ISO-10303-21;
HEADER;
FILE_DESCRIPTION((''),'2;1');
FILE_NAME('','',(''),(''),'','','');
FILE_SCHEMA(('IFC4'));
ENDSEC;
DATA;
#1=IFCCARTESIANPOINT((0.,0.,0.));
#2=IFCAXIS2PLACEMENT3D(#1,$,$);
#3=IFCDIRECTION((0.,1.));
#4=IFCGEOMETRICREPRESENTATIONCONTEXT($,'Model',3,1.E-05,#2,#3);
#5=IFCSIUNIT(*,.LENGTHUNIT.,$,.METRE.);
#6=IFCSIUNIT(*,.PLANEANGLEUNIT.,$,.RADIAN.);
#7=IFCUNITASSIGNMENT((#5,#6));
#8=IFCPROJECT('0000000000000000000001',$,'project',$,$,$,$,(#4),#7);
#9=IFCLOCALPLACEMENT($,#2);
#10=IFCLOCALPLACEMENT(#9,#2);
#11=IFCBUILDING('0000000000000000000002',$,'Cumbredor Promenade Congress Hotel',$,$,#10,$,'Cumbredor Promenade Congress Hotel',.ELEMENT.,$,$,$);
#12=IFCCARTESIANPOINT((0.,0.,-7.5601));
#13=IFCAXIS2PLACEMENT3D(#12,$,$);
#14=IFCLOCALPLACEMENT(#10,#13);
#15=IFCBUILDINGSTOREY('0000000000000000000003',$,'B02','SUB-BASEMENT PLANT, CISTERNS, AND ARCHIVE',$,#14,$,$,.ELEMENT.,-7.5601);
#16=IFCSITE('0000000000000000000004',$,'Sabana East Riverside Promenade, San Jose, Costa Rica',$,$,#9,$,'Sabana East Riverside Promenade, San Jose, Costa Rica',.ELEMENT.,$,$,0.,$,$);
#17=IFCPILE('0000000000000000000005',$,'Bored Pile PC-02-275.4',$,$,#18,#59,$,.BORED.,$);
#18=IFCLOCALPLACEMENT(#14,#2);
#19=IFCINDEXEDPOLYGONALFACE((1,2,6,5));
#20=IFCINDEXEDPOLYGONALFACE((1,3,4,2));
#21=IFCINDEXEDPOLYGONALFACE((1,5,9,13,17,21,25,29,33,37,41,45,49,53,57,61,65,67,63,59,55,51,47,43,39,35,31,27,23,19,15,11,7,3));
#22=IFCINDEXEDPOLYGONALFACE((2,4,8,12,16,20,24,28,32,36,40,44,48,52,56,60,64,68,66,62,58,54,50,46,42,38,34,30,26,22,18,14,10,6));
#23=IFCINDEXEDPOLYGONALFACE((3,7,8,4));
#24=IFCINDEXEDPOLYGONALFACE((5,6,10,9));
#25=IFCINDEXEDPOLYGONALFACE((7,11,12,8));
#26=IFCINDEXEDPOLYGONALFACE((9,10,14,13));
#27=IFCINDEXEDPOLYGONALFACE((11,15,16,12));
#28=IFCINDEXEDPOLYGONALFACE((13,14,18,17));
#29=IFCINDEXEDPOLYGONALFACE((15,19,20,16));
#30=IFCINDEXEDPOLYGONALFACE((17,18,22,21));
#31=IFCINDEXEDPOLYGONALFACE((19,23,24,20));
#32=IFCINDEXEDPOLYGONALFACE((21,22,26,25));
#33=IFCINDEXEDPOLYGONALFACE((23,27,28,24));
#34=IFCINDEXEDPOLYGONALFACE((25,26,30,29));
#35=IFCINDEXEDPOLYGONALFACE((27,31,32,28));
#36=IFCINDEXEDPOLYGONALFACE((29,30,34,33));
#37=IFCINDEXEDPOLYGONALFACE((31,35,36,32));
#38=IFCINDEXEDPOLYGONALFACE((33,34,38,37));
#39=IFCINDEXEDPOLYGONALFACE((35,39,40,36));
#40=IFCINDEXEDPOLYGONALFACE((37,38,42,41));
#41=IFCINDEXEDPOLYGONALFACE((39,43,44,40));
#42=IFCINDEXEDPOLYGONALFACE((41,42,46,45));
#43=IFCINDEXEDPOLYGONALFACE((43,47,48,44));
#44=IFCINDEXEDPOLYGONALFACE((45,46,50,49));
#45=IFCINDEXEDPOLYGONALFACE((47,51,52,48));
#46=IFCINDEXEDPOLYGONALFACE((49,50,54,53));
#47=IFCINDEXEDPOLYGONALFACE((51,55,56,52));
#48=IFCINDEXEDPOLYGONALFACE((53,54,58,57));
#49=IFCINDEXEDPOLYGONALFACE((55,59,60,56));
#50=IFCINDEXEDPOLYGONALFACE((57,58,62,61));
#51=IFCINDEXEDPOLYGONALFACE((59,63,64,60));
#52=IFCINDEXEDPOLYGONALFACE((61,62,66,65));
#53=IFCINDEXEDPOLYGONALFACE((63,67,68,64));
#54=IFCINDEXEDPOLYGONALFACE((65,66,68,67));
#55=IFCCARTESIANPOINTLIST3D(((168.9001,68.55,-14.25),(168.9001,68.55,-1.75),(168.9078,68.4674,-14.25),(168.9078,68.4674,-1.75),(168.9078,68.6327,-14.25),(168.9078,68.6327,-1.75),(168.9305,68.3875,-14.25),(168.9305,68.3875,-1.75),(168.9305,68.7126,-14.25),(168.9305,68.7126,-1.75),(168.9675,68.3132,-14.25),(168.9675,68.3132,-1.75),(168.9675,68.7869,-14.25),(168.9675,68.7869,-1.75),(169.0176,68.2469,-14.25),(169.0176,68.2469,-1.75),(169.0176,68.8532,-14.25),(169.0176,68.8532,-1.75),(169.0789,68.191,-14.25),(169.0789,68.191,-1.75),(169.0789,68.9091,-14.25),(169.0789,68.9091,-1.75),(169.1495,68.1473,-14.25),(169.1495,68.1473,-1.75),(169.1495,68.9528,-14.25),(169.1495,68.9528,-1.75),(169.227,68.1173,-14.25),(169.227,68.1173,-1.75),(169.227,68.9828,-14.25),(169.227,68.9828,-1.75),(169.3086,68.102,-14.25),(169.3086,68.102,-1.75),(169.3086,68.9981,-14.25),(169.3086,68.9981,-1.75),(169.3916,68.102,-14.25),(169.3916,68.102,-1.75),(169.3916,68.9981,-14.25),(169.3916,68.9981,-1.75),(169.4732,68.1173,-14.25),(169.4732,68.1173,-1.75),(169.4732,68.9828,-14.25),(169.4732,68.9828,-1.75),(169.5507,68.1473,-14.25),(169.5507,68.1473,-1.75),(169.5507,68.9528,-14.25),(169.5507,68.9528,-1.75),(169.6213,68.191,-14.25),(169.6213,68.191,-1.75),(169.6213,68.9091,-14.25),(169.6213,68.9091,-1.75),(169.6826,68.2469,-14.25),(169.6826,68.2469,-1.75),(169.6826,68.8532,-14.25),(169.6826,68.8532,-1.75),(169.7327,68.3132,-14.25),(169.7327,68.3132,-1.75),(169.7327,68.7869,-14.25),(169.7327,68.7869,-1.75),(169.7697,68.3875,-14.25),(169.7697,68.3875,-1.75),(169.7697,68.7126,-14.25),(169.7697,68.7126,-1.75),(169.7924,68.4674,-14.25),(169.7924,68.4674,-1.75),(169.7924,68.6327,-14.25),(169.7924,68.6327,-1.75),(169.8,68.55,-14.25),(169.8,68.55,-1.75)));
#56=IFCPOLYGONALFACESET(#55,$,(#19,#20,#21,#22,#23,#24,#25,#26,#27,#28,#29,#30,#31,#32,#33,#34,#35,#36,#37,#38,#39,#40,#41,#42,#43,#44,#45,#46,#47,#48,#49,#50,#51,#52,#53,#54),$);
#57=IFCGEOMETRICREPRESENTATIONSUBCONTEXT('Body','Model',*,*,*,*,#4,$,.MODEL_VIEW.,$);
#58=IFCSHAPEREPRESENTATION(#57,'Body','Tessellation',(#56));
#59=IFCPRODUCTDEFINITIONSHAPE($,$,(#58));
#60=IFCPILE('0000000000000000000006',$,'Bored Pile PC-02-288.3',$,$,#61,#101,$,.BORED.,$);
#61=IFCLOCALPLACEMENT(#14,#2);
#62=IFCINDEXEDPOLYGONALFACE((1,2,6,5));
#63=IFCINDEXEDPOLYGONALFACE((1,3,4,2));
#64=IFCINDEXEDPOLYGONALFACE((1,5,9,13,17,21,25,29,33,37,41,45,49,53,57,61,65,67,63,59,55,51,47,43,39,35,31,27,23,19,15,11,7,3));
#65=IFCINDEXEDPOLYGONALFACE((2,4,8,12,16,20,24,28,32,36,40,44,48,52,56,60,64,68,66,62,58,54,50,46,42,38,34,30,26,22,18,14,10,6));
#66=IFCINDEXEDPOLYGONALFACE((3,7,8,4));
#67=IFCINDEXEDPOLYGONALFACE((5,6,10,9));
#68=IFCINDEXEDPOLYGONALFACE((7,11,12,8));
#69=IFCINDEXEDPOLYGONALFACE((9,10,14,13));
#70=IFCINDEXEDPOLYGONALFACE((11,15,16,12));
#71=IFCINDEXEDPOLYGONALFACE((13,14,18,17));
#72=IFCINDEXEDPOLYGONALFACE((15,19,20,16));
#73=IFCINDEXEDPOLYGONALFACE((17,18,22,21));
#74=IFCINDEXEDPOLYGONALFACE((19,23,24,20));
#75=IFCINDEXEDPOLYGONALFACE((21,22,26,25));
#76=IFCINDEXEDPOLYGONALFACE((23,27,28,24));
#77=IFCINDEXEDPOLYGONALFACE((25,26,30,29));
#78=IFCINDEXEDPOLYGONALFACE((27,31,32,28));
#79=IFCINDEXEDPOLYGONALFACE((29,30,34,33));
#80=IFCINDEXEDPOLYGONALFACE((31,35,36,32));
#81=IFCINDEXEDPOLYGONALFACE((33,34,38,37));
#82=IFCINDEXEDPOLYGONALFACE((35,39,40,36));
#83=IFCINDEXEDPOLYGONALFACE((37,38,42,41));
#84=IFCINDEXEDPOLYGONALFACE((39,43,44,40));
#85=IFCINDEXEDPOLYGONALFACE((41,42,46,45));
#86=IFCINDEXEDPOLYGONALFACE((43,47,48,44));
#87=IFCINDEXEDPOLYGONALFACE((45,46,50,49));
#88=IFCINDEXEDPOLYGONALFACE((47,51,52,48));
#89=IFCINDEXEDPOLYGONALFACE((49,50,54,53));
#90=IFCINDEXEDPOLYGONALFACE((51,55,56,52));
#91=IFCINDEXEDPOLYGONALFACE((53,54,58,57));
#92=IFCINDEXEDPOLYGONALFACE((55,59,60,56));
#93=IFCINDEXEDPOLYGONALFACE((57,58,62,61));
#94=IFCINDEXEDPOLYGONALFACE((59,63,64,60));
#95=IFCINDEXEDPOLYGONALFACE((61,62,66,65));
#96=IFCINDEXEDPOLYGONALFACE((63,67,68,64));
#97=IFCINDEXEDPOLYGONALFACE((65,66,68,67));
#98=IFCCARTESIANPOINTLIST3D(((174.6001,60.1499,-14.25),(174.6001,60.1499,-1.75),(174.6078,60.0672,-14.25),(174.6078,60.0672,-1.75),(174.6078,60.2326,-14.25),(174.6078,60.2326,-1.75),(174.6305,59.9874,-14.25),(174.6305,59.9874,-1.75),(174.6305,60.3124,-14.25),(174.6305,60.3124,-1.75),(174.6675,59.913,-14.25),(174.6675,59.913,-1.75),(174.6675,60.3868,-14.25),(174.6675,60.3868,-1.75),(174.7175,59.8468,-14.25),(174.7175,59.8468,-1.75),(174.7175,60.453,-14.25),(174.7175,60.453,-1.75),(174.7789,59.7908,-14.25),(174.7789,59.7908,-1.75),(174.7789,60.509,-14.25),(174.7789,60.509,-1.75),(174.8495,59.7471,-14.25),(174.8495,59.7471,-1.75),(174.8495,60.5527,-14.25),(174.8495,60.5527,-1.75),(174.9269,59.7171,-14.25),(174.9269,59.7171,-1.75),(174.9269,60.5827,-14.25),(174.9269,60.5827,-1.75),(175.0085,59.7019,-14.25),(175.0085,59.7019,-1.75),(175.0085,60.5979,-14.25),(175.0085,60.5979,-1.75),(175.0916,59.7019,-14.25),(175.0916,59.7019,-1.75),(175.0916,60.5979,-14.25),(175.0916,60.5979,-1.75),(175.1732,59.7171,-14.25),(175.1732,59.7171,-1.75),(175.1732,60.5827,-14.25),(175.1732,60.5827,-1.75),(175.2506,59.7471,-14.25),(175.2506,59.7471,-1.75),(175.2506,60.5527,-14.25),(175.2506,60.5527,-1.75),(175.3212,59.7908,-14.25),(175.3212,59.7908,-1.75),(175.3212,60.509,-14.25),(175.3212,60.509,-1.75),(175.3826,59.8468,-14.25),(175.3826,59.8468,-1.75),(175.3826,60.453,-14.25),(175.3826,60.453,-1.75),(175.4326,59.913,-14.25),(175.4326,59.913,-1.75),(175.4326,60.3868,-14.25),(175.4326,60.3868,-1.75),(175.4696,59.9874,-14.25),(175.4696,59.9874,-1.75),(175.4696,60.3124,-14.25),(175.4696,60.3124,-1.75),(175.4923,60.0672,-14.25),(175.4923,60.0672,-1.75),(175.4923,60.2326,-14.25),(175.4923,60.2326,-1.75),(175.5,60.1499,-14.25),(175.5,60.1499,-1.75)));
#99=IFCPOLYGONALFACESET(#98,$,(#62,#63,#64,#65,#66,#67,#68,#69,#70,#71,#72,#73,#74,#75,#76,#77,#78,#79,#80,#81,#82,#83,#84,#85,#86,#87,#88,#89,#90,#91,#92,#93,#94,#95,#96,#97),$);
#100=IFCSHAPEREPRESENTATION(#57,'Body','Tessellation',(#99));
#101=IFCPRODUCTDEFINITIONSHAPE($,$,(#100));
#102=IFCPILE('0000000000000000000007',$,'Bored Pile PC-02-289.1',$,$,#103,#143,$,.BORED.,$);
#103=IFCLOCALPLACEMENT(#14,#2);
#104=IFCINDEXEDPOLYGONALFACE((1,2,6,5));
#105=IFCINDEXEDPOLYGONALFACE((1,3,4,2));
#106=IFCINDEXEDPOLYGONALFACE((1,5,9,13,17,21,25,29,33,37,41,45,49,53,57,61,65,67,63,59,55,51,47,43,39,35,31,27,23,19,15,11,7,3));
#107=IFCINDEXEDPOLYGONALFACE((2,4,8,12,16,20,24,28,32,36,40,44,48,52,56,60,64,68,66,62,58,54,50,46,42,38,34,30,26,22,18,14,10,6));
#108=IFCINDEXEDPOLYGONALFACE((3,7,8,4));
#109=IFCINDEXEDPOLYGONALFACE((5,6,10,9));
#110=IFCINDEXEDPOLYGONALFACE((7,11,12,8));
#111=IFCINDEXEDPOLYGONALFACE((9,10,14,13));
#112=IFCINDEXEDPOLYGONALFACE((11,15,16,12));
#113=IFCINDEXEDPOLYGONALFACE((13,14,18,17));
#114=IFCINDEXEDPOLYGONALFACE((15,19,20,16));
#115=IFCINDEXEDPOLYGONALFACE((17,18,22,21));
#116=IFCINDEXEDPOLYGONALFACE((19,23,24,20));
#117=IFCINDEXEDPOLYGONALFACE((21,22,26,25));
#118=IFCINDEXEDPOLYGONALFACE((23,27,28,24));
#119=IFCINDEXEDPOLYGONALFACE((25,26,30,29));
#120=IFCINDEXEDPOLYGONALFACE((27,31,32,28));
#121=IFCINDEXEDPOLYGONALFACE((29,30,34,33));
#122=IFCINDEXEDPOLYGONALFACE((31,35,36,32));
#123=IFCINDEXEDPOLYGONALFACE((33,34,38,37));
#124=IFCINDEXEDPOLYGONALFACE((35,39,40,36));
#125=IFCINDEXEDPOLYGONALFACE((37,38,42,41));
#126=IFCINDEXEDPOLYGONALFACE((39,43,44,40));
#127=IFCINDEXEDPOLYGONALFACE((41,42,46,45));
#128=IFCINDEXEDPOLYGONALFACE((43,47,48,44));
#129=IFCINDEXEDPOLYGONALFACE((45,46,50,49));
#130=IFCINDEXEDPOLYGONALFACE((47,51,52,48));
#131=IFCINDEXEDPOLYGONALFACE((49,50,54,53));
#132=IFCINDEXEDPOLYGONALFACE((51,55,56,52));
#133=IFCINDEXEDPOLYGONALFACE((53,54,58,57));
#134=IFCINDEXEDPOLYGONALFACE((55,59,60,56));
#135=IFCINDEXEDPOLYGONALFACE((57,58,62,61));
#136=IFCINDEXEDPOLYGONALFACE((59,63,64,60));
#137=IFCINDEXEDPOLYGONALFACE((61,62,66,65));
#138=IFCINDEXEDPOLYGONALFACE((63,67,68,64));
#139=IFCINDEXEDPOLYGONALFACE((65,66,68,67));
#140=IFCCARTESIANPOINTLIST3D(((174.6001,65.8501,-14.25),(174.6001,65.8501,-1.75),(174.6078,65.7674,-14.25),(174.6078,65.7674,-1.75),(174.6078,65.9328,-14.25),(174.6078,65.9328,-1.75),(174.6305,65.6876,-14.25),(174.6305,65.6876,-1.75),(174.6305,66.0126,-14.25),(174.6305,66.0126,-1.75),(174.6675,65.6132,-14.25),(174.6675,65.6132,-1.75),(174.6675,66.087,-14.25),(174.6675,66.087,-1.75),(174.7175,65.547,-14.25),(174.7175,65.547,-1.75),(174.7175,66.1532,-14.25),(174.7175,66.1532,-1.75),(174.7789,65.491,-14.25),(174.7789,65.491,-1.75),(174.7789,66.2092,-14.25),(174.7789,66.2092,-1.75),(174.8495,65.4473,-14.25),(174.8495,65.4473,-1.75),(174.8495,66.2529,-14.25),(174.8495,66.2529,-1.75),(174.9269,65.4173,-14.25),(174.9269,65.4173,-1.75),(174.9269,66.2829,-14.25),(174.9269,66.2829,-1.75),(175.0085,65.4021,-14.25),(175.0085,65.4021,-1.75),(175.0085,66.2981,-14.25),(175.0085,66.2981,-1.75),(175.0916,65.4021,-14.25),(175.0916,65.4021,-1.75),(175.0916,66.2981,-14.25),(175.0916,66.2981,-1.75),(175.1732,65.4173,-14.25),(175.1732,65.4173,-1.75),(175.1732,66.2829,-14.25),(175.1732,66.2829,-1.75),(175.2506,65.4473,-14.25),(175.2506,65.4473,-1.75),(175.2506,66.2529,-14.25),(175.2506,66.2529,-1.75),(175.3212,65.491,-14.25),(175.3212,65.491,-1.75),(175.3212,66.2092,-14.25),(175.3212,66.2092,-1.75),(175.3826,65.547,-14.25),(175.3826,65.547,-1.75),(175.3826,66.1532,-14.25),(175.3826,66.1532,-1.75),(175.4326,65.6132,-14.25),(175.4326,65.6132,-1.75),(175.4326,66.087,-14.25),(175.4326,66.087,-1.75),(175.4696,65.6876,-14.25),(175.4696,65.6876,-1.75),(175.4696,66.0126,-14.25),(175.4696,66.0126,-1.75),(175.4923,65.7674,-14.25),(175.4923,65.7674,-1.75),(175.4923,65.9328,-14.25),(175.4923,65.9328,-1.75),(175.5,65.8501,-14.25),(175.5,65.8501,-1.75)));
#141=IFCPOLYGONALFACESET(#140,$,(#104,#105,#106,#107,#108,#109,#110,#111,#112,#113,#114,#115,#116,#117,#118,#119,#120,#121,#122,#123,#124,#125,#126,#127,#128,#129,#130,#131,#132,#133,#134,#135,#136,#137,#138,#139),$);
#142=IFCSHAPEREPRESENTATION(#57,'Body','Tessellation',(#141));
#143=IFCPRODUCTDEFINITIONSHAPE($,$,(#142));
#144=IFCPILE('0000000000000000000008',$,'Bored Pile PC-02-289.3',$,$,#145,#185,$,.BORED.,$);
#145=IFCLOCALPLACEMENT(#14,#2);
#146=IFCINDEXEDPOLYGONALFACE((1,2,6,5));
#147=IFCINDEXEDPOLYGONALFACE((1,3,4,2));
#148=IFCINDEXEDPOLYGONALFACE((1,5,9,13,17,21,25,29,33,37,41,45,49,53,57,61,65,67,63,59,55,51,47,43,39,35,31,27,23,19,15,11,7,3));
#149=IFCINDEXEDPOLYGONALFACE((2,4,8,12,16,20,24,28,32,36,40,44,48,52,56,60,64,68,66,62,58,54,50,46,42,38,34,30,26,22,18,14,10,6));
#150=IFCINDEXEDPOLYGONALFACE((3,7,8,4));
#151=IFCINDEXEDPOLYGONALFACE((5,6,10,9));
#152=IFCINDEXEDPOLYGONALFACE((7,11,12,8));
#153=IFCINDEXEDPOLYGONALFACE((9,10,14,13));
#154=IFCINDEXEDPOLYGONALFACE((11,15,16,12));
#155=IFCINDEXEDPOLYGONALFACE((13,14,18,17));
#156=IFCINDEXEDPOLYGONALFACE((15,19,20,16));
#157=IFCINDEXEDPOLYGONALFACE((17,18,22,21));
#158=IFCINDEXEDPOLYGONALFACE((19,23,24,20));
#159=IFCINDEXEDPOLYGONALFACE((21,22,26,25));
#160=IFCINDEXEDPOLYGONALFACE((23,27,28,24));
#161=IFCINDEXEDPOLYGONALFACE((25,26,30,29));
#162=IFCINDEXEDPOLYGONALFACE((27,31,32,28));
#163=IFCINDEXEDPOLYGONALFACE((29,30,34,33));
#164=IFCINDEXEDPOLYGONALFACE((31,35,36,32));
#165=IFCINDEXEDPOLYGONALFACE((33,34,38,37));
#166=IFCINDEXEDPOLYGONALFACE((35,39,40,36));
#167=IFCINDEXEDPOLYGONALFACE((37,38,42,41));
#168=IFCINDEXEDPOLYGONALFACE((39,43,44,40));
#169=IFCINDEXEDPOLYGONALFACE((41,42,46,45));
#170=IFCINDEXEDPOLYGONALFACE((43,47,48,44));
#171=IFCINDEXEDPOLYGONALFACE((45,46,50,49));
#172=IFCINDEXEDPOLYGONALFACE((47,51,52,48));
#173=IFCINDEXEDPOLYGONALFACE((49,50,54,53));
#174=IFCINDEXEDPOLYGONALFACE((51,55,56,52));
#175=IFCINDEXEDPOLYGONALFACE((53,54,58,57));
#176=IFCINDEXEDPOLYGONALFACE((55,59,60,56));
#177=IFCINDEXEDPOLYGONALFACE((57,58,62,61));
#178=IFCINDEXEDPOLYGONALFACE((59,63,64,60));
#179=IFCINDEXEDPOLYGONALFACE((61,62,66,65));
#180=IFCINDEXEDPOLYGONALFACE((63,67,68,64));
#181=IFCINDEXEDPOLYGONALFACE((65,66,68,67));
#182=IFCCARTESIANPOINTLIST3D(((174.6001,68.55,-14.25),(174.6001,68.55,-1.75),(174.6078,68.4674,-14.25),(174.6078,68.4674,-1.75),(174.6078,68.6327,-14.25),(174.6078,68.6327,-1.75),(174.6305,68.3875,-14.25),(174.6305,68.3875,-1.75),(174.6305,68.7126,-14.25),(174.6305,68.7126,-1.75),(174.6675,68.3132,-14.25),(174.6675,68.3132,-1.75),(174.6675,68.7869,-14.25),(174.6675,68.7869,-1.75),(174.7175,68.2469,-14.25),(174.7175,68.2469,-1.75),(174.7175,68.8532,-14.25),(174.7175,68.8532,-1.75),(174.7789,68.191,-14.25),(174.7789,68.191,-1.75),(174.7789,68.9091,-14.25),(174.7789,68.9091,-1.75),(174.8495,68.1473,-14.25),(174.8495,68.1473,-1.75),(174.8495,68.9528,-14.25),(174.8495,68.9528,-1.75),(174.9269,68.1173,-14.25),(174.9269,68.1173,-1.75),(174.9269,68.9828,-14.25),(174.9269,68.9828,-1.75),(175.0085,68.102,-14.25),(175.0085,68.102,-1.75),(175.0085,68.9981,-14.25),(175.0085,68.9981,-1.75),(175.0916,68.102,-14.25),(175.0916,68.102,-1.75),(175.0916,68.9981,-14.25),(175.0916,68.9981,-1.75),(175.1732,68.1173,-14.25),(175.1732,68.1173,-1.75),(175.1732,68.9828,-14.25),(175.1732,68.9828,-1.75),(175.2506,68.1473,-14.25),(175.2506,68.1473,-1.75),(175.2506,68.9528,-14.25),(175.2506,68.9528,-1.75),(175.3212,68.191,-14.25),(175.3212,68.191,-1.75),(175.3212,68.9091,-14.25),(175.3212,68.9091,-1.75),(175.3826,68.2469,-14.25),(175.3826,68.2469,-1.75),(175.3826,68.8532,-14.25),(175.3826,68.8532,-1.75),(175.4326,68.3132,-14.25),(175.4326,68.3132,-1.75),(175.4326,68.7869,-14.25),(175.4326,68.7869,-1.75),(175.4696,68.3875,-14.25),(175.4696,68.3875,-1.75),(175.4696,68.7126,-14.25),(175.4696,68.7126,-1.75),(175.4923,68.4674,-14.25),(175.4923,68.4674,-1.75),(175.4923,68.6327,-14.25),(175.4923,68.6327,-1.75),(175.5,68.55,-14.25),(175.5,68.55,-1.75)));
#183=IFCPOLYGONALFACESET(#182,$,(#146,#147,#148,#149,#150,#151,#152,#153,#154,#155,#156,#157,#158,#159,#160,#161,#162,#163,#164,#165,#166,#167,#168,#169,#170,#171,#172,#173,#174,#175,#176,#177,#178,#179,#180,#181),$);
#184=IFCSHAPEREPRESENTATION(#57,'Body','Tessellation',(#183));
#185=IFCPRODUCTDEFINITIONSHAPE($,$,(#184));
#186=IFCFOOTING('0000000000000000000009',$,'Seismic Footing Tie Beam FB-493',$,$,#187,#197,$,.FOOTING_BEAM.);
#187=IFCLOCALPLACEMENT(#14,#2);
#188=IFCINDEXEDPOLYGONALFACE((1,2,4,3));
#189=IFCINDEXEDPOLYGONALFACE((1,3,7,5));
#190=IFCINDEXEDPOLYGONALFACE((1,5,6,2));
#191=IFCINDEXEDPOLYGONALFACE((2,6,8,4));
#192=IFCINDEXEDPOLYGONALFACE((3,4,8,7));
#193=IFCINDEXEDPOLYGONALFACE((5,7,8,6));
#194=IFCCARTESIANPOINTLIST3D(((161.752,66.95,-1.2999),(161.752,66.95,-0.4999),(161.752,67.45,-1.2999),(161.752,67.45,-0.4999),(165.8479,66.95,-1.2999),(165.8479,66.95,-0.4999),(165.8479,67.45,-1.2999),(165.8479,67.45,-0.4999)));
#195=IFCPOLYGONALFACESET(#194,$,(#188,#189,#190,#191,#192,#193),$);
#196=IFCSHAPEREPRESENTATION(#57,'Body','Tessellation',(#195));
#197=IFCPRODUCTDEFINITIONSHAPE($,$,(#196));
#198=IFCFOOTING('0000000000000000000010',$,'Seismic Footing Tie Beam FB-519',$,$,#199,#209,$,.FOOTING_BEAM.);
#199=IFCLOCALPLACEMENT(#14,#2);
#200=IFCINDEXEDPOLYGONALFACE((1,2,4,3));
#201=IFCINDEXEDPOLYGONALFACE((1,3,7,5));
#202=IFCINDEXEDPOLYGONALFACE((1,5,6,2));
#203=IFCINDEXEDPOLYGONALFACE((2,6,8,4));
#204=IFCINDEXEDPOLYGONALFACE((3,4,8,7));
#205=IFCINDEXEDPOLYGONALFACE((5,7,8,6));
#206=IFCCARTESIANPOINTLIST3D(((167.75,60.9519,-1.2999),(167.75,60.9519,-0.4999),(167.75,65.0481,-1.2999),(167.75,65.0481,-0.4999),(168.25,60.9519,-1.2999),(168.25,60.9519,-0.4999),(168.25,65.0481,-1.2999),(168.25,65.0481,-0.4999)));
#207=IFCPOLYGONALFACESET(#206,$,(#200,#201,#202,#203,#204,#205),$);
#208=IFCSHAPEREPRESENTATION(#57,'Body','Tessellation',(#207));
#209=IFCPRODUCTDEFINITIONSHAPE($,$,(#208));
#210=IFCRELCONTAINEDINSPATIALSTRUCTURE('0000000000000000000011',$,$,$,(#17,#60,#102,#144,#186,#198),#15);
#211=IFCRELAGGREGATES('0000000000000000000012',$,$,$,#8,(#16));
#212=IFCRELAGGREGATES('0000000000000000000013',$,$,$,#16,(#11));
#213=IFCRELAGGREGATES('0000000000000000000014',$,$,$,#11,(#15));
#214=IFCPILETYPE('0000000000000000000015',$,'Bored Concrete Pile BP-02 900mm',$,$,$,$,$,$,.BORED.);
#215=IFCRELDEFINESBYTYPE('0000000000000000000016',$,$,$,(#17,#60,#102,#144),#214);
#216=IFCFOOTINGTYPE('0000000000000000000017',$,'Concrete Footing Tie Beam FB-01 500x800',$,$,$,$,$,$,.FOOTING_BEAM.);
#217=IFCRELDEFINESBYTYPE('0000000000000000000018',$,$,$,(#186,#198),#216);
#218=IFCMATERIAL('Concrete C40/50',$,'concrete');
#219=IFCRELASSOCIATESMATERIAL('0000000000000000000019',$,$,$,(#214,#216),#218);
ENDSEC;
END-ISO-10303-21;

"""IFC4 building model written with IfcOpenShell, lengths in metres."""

from ifc_helpers import new_model, si_unit, direction, frame, origin, origin_2d, place, context, subcontext, project, spatial, rectangle, circle, extrude, material, material_profile, profile_set, type_object, element, save


model = new_model("IFC4")

# Units and contexts
model_context = context("Model", 3, precision=1e-05, world=origin(), true_north=direction((0.0, 1.0)))
body_context = subcontext(model_context, "Body", "Model", "MODEL_VIEW")
ifc_project = project(units=[si_unit("LENGTHUNIT", "METRE"), si_unit("PLANEANGLEUNIT", "RADIAN")], contexts=[model_context])

# Site, building, storey
site_placement = place(None, origin())
site = spatial("IfcSite", under=ifc_project, at=site_placement, Name="Sabana East Riverside Promenade, San Jose, Costa Rica", LongName="Sabana East Riverside Promenade, San Jose, Costa Rica", CompositionType="ELEMENT", RefElevation=0.0)
building_placement = place(site_placement, origin())
building = spatial("IfcBuilding", under=site, at=building_placement, Name="Cumbredor Promenade Congress Hotel", LongName="Cumbredor Promenade Congress Hotel", CompositionType="ELEMENT")
storey_placement = place(building_placement, frame((0.0, 0.0, -7.5601)))
storey = spatial("IfcBuildingStorey", under=building, at=storey_placement, Name="B02", Description="SUB-BASEMENT PLANT, CISTERNS, AND ARCHIVE", CompositionType="ELEMENT", Elevation=-7.5601)

# Piles
ifc_material_1 = material(Name="Concrete C40/50", Category="concrete")
ifc_material_profile_1 = material_profile(ifc_material_1, circle(Radius=0.45, at=origin_2d()), Name="PILE D900")
ifc_profile_set_1 = profile_set([ifc_material_profile_1], Name="Concrete C40/50")
pile_type = type_object("IfcPileType", Name="Bored Concrete Pile BP-02 900mm", PredefinedType="BORED", material=ifc_profile_set_1)
for number, where, z_axis, x_axis, name in (
    (1, (169.3501, 68.55, -1.75), (0.0, 0.0, -1.0), (1.0, 0.0, 0.0), "Bored Pile PC-02-275.4"),
    (2, (175.05, 60.1499, -1.75), (0.0, 0.0, -1.0), (1.0, 0.0, 0.0), "Bored Pile PC-02-288.3"),
    (3, (175.05, 65.8501, -1.75), (0.0, 0.0, -1.0), (1.0, 0.0, 0.0), "Bored Pile PC-02-289.1"),
    (4, (175.05, 68.55, -1.75), (0.0, 0.0, -1.0), (1.0, 0.0, 0.0), "Bored Pile PC-02-289.3"),
):
    element("IfcPile", number, at=place(storey_placement, frame(where, z_axis=z_axis, x_axis=x_axis)), inside=storey, type_object=pile_type, Name=name, PredefinedType="BORED", context=body_context, shape_type="SweptSolid", body=[
        extrude(circle(Radius=0.45, at=origin_2d()), origin(), (0.0, 0.0, 1.0), 12.5),
    ])

# Footings
ifc_material_profile_2 = material_profile(ifc_material_1, rectangle(XDim=0.5, YDim=0.8, at=origin_2d()), Name="FB 500x800")
ifc_profile_set_2 = profile_set([ifc_material_profile_2], Name="Concrete C40/50")
footing_type_1 = type_object("IfcFootingType", Name="Concrete Footing Tie Beam FB-01 500x800", PredefinedType="FOOTING_BEAM", material=ifc_profile_set_2)
footing_1_placement = place(storey_placement, frame((161.752, 67.2, -0.8999), z_axis=(1.0, 0.0, 0.0), x_axis=(0.0, 1.0, 0.0)))
element("IfcFooting", 5, at=footing_1_placement, inside=storey, type_object=footing_type_1, Name="Seismic Footing Tie Beam FB-493", PredefinedType="FOOTING_BEAM", context=body_context, shape_type="SweptSolid", body=[
    extrude(rectangle(XDim=0.5, YDim=0.8, at=origin_2d()), origin(), (0.0, 0.0, 1.0), 4.0959),
])
for number, where, z_axis, x_axis, name in (
    (6, (168.0, 60.9519, -0.8999), (0.0, 1.0, 0.0), (-1.0, 0.0, 0.0), "Seismic Footing Tie Beam FB-519"),
):
    element("IfcFooting", number, at=place(storey_placement, frame(where, z_axis=z_axis, x_axis=x_axis)), inside=storey, type_object=footing_type_1, Name=name, PredefinedType="FOOTING_BEAM", context=body_context, shape_type="SweptSolid", body=[
        extrude(rectangle(XDim=0.5, YDim=0.8, at=origin_2d()), origin(), (0.0, 0.0, 1.0), 4.0962),
    ])

save(model, "model.ifc")
